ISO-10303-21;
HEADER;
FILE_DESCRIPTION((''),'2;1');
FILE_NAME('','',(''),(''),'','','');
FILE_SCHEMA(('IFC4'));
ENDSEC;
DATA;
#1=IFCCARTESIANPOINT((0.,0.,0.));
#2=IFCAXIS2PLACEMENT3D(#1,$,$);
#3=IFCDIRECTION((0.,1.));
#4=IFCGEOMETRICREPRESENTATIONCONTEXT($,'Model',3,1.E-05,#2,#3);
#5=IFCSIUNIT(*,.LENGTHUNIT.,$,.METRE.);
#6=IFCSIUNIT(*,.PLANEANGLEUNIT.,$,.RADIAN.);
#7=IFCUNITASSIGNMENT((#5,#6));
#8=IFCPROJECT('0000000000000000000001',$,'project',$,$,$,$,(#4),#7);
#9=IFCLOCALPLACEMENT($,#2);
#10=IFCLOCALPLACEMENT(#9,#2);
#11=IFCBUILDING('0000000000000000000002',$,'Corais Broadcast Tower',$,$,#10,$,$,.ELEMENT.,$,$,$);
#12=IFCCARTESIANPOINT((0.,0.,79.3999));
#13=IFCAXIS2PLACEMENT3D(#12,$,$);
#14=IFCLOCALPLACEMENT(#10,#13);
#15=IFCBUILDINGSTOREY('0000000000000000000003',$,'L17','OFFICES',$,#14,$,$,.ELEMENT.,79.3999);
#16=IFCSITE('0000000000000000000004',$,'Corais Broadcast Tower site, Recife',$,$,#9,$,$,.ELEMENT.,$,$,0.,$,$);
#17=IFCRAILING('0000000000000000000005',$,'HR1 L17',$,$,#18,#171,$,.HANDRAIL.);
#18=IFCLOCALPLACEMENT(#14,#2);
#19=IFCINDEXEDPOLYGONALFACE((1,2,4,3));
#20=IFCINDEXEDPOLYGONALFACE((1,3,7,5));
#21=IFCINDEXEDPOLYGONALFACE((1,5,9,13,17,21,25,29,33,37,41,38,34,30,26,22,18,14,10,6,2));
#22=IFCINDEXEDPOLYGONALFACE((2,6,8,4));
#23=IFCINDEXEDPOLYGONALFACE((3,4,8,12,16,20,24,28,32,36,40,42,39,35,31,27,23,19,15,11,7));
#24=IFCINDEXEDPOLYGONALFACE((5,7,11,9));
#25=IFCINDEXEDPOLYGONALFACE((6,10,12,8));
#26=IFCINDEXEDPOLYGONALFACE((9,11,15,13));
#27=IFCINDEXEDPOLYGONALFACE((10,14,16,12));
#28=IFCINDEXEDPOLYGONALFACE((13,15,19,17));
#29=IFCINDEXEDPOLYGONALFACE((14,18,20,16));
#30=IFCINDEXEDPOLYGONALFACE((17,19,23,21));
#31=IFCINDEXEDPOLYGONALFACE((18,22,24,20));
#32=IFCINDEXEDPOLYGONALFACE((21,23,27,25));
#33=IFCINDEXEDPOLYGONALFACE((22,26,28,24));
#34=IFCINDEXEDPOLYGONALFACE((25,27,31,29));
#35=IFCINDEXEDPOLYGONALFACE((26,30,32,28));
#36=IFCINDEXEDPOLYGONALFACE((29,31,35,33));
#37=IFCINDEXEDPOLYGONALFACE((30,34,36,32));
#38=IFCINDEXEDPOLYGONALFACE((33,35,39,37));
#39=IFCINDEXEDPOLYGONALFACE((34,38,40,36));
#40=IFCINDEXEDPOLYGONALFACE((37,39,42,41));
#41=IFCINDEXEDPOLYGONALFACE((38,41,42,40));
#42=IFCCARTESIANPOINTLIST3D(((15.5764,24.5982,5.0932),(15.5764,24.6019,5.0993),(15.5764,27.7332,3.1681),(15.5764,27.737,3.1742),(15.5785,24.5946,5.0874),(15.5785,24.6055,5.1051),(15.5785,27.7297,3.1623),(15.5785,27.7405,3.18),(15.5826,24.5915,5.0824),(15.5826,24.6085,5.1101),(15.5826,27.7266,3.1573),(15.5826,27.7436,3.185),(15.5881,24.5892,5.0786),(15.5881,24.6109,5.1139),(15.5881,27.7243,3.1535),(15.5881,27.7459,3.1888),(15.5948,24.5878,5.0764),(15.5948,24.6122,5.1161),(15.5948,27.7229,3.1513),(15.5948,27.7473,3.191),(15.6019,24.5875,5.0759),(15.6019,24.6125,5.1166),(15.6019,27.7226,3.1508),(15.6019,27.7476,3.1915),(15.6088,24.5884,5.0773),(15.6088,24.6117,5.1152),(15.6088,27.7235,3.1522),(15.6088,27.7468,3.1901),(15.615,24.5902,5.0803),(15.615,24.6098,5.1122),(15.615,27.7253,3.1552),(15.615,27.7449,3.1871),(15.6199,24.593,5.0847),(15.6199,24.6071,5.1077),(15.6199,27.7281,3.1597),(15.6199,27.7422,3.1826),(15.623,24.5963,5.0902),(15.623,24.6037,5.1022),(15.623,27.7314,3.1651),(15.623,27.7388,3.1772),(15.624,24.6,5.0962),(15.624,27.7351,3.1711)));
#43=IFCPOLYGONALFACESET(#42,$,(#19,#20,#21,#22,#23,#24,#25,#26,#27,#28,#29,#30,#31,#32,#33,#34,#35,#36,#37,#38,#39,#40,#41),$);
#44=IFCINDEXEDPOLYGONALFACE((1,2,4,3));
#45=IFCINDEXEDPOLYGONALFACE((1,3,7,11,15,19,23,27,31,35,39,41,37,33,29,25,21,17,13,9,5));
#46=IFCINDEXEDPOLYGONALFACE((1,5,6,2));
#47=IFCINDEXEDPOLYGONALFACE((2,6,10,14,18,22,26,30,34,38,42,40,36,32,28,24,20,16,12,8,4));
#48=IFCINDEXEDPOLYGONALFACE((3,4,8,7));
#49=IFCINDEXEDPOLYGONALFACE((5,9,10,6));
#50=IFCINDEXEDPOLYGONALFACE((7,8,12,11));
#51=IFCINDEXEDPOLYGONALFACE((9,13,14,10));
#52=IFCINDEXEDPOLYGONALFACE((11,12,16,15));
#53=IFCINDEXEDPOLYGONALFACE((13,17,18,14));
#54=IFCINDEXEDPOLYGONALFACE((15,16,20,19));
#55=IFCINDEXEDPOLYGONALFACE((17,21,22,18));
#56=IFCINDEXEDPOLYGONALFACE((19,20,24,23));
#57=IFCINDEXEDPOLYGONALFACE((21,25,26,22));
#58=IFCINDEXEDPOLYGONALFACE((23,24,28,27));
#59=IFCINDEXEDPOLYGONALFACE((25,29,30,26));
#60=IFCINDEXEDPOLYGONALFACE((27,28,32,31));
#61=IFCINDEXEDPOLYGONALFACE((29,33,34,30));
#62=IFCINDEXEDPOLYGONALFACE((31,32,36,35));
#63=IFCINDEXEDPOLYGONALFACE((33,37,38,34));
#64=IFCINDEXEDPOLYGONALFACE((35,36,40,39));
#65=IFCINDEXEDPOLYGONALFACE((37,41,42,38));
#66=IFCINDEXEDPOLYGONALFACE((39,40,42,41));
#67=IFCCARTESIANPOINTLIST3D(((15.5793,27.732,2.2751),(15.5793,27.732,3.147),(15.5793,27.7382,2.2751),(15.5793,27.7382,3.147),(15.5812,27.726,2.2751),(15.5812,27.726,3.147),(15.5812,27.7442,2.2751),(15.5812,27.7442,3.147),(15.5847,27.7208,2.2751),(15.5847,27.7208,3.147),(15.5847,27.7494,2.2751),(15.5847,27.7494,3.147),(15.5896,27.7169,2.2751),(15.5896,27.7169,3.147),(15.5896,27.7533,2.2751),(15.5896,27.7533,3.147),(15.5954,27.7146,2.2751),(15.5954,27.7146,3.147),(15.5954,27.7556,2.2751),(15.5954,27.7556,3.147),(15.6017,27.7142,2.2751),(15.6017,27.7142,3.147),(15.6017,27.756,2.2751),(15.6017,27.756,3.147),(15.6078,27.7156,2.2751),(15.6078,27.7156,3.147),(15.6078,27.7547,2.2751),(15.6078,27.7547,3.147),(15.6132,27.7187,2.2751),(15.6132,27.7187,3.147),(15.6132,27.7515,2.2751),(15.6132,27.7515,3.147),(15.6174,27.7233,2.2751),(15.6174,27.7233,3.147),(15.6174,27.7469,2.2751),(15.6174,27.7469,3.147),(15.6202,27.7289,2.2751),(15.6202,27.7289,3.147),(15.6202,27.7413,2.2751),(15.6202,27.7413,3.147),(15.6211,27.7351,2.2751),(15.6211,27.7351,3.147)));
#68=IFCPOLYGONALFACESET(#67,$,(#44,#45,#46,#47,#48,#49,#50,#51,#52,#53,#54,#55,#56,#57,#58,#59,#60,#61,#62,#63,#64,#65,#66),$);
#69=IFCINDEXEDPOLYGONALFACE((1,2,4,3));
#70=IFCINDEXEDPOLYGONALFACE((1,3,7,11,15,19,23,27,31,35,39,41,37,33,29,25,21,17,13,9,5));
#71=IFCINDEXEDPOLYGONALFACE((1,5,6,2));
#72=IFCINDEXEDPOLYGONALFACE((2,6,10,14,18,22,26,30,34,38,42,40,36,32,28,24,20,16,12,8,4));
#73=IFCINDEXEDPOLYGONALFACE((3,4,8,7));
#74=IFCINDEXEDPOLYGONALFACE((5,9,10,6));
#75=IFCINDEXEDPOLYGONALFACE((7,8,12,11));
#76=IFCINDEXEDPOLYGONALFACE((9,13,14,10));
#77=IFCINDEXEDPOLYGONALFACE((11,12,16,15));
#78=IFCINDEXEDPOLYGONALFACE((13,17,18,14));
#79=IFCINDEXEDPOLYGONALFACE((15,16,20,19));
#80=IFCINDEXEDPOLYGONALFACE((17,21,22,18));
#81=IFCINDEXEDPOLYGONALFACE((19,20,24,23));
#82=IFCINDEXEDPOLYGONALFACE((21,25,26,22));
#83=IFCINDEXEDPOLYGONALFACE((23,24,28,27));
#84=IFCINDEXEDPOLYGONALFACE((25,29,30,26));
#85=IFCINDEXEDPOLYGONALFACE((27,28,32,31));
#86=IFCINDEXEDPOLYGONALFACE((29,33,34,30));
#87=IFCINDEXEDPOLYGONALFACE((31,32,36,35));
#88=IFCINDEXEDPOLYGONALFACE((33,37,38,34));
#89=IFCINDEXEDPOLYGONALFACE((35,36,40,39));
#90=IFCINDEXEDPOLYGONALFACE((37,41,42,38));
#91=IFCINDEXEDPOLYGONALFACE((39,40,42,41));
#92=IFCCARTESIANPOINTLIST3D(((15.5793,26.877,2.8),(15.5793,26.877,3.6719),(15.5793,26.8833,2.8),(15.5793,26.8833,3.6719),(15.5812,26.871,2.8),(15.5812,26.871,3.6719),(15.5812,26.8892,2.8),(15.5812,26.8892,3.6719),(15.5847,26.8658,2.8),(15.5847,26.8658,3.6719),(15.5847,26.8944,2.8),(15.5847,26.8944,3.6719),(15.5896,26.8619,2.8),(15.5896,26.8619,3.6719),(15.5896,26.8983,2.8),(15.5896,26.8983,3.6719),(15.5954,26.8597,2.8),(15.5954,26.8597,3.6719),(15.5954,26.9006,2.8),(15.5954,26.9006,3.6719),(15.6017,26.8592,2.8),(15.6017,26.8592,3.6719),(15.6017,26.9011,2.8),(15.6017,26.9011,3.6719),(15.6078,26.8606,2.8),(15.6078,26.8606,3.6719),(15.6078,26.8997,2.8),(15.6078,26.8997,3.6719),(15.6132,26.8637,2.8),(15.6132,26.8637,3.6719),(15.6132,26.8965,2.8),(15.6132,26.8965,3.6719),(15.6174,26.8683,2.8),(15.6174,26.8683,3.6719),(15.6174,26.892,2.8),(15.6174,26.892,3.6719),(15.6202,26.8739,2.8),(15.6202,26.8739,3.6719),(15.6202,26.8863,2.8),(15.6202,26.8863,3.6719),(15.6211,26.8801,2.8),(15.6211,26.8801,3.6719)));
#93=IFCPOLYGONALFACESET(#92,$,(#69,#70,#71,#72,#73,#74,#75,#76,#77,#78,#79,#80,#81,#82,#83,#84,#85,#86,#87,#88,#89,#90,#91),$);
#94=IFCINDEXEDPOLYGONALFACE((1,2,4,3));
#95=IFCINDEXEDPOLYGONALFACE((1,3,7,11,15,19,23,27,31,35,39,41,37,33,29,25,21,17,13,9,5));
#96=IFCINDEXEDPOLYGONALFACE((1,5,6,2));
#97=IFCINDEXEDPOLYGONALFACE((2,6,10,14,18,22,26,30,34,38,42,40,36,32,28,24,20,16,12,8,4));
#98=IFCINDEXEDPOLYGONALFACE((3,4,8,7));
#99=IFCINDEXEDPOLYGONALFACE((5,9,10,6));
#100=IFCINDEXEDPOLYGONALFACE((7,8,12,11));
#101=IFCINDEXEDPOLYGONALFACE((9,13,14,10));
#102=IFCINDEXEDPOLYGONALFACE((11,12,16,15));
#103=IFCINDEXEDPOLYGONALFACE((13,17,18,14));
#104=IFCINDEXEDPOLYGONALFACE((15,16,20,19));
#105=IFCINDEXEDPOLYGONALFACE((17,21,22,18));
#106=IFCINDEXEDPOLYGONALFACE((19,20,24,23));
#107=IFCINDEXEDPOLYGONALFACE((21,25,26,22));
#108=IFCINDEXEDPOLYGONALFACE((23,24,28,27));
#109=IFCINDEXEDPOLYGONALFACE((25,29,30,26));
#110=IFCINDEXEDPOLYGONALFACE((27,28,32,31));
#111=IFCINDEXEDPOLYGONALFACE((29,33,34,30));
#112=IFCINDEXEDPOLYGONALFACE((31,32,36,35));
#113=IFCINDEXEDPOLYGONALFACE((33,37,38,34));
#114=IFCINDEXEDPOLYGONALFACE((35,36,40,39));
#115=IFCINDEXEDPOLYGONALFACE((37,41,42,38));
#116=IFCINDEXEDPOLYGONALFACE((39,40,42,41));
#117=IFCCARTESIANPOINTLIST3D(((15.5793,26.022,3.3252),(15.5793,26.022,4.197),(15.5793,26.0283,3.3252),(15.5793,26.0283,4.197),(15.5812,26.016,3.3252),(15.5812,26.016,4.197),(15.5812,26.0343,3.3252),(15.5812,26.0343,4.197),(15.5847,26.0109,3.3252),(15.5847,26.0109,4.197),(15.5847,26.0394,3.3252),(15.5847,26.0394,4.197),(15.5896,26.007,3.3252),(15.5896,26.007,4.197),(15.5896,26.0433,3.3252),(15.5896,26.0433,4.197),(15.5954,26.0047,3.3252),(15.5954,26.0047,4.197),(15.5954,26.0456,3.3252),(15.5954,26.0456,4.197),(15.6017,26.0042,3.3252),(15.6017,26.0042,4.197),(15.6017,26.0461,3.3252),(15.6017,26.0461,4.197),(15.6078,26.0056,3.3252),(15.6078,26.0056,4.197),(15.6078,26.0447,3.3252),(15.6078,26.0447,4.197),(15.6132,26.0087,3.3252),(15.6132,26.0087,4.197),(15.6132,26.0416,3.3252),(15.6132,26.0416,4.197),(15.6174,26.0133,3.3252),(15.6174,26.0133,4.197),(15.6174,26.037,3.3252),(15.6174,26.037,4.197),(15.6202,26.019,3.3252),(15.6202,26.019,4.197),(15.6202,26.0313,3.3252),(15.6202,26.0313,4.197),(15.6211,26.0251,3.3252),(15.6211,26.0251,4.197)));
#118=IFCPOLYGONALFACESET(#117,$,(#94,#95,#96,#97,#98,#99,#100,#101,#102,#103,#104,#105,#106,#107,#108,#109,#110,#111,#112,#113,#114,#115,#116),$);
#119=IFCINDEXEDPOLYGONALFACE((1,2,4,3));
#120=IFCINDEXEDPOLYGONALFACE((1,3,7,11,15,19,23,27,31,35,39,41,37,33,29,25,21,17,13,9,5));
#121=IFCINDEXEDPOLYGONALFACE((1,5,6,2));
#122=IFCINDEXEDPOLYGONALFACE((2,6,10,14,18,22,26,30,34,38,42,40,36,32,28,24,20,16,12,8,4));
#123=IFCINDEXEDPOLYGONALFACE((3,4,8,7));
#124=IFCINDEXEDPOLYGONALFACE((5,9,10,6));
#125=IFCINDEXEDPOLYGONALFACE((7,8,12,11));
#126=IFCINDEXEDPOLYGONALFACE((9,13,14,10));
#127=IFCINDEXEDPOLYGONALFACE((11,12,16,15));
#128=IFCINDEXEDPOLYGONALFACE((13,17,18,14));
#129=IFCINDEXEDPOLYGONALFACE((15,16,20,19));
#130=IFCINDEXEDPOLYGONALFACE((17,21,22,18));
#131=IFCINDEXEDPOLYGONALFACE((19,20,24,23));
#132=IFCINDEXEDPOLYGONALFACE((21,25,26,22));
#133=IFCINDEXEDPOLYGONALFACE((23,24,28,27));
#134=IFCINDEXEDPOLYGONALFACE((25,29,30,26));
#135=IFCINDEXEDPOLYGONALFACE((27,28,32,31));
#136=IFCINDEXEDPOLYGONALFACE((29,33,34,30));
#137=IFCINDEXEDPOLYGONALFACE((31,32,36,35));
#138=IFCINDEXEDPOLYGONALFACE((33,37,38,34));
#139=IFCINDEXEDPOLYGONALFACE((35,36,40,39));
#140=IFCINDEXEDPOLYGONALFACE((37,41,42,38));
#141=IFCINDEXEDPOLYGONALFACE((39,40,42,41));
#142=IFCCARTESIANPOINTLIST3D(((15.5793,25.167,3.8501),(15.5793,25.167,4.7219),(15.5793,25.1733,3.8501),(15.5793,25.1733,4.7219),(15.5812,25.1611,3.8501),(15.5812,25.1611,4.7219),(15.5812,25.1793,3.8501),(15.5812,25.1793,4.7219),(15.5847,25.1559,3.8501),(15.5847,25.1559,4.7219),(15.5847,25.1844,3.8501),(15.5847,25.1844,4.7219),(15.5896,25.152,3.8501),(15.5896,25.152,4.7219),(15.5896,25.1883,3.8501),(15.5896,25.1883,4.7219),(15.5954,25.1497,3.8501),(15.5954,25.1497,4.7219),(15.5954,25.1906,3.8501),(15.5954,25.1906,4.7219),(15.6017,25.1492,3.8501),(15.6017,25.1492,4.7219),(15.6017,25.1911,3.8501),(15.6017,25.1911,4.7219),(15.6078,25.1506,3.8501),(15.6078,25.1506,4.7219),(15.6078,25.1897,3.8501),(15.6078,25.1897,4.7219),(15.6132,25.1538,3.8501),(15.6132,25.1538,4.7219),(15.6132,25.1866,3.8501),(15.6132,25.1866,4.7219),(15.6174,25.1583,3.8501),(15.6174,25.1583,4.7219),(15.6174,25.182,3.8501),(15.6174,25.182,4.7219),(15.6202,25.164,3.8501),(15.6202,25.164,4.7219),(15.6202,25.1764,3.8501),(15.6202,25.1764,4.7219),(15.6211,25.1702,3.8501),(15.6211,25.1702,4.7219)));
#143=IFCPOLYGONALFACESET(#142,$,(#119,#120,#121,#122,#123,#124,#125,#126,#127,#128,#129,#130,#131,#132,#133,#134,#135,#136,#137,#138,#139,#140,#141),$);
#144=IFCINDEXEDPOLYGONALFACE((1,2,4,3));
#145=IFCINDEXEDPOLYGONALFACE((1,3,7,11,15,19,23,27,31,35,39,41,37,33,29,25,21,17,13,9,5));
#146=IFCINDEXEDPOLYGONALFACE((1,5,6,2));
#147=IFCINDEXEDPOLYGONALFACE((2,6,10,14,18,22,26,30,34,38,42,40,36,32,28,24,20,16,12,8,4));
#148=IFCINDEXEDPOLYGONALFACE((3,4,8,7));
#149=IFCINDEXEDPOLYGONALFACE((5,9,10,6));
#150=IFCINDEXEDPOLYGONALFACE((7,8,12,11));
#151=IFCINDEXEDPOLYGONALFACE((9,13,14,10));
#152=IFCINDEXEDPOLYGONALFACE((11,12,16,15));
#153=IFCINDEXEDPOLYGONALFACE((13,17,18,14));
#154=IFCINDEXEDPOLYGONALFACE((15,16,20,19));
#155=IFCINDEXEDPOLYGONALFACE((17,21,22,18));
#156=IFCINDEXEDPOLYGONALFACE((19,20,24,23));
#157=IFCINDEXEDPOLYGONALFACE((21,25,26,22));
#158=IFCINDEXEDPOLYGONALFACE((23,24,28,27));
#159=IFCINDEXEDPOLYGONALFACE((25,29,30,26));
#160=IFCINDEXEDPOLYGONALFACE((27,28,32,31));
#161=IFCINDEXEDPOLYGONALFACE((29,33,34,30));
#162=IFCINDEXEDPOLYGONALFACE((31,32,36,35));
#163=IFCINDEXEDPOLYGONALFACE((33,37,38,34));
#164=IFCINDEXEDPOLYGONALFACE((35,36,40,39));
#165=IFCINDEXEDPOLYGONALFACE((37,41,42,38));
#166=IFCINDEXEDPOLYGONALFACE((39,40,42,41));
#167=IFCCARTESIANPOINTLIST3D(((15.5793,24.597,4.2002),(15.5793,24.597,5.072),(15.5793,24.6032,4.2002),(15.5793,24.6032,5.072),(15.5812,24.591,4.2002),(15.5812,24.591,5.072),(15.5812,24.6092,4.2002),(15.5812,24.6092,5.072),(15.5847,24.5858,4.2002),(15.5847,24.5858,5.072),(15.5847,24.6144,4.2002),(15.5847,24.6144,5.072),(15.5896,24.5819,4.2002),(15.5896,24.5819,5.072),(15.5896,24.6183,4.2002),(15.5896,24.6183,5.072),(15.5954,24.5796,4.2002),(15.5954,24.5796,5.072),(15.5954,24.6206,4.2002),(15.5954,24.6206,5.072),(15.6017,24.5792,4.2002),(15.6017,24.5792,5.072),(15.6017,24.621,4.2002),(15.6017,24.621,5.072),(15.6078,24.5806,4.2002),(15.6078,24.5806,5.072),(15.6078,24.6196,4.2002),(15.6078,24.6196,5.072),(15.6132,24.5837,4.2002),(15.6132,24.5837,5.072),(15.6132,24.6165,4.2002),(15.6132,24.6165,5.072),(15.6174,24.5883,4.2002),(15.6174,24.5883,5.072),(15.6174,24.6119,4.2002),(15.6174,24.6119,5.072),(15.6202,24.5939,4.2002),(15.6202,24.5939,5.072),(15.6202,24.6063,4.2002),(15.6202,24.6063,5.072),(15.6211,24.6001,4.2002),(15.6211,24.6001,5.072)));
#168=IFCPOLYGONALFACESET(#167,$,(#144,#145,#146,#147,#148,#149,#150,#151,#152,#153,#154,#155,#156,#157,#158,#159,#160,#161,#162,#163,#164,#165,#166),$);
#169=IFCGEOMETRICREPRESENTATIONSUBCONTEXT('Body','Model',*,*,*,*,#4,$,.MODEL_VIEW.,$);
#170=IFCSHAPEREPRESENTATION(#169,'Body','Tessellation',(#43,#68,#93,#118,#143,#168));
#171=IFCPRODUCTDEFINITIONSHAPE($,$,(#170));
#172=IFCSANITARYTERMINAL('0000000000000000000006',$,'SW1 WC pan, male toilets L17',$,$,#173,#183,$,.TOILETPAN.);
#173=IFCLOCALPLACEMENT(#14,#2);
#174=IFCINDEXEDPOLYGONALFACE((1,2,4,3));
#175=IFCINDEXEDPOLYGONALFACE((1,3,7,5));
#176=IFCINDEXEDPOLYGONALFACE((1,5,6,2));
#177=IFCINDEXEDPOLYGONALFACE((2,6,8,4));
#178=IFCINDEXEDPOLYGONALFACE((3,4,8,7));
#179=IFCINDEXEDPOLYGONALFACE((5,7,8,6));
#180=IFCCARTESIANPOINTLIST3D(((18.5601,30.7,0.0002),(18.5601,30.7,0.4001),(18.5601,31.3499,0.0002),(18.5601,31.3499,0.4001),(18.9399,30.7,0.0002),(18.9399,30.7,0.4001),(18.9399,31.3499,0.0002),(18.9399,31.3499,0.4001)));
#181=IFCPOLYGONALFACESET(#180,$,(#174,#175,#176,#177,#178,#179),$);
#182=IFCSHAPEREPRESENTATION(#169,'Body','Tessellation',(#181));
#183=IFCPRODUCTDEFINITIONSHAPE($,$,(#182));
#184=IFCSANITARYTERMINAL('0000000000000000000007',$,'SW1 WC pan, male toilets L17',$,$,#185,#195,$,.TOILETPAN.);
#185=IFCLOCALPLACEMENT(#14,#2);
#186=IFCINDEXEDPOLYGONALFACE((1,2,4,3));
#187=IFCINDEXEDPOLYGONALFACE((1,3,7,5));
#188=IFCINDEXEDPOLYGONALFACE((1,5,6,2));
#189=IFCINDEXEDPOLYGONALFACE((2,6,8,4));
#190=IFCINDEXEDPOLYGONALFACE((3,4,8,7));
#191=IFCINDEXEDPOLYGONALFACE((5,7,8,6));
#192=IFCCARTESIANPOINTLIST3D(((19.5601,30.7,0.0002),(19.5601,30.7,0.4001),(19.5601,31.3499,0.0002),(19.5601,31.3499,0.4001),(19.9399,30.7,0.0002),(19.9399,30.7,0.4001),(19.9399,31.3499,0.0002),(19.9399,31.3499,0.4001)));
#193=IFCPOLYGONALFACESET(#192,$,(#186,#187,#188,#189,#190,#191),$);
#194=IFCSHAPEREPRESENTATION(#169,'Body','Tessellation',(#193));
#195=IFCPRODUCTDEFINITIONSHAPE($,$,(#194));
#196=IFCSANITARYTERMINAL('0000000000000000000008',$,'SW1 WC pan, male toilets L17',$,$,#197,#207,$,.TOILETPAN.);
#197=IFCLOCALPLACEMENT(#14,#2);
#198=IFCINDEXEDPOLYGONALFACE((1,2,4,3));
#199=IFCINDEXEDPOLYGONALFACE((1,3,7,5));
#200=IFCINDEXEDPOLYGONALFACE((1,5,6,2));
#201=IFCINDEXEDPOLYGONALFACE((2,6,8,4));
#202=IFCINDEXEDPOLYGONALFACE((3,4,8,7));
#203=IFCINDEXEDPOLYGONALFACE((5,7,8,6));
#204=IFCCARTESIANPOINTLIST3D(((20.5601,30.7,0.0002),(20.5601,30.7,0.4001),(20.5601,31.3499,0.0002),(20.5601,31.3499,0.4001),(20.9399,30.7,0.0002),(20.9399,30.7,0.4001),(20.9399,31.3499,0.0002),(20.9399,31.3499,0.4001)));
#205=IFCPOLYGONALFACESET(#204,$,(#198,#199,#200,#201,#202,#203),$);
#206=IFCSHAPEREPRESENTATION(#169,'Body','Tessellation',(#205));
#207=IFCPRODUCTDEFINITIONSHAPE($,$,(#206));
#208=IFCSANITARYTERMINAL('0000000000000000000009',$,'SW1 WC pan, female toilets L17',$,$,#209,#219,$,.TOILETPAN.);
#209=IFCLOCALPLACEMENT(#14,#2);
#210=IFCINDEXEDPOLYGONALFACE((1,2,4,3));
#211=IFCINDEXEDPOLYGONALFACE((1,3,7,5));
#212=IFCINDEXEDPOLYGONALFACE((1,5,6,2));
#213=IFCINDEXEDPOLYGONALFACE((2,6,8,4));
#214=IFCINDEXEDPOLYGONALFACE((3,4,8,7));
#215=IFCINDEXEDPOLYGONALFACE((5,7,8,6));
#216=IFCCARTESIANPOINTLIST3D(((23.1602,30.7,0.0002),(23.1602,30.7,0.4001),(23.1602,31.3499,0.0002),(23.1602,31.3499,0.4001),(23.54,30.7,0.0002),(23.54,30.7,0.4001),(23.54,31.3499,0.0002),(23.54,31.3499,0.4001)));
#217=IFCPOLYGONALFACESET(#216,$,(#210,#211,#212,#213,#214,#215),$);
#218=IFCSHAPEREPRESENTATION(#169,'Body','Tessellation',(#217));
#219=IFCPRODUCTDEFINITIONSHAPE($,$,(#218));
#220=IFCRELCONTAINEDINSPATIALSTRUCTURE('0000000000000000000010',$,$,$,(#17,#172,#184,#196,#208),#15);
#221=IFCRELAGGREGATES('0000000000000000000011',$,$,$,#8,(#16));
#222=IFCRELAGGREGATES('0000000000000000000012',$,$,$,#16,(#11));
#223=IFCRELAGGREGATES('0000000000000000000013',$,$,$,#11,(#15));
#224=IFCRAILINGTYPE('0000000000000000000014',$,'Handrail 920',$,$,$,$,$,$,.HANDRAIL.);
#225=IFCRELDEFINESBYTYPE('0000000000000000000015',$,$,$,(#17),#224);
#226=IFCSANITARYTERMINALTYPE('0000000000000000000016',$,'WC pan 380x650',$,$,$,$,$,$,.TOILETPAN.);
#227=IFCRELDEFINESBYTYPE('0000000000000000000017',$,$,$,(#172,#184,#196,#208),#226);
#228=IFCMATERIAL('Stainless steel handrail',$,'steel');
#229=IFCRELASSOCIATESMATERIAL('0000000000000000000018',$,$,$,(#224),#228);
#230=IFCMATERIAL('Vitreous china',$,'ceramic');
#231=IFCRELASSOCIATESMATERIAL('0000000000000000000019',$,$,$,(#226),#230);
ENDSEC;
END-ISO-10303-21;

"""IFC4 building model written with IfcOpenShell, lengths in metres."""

from ifc_helpers import new_model, si_unit, direction, frame, origin, origin_2d, place, context, subcontext, project, spatial, rectangle, circle, extrude, material, type_object, element, save


model = new_model("IFC4")

# Units and contexts
model_context = context("Model", 3, precision=1e-05, world=origin(), true_north=direction((0.0, 1.0)))
body_context = subcontext(model_context, "Body", "Model", "MODEL_VIEW")
ifc_project = project(units=[si_unit("LENGTHUNIT", "METRE"), si_unit("PLANEANGLEUNIT", "RADIAN")], contexts=[model_context])

# Site, building, storey
site_placement = place(None, origin())
site = spatial("IfcSite", under=ifc_project, at=site_placement, Name="Corais Broadcast Tower site, Recife", CompositionType="ELEMENT", RefElevation=0.0)
building_placement = place(site_placement, origin())
building = spatial("IfcBuilding", under=site, at=building_placement, Name="Corais Broadcast Tower", CompositionType="ELEMENT")
storey_placement = place(building_placement, frame((0.0, 0.0, 79.3999)))
storey = spatial("IfcBuildingStorey", under=building, at=storey_placement, Name="L17", Description="OFFICES", CompositionType="ELEMENT", Elevation=79.3999)

# Railing
ifc_material_1 = material(Name="Stainless steel handrail", Category="steel")
railing_type = type_object("IfcRailingType", Name="Handrail 920", PredefinedType="HANDRAIL", material=ifc_material_1)
railing_1_placement = place(storey_placement, frame((15.6001, 27.7351, 2.2751)))
element("IfcRailing", 1, at=railing_1_placement, inside=storey, type_object=railing_type, Name="HR1 L17", PredefinedType="HANDRAIL", context=body_context, shape_type="SweptSolid", body=[
    extrude(circle(Radius=0.0239, at=origin_2d()), frame((0.0, 0.0, 0.896), z_axis=(0.0, -0.852166, 0.523271), x_axis=(1.0, 0.0, 0.0)), (0.0, 0.0, 1.0), 3.679),
    extrude(circle(Radius=0.021, at=origin_2d()), origin(), (0.0, 0.0, 1.0), 0.8718),
    extrude(circle(Radius=0.021, at=origin_2d()), frame((0.0, -0.855, 0.5249)), (0.0, 0.0, 1.0), 0.8718),
    extrude(circle(Radius=0.021, at=origin_2d()), frame((0.0, -1.71, 1.05)), (0.0, 0.0, 1.0), 0.8718),
    extrude(circle(Radius=0.021, at=origin_2d()), frame((0.0, -2.5649, 1.575)), (0.0, 0.0, 1.0), 0.8718),
    extrude(circle(Radius=0.021, at=origin_2d()), frame((0.0, -3.135, 1.925)), (0.0, 0.0, 1.0), 0.8718),
])

# Sanitary terminals
ifc_material_2 = material(Name="Vitreous china", Category="ceramic")
sanitary_terminal_type_1 = type_object("IfcSanitaryTerminalType", Name="WC pan 380x650", PredefinedType="TOILETPAN", material=ifc_material_2)
for number, where, z_axis, x_axis, name in (
    (2, (18.75, 31.0249, 0.0002), (0.0, 0.0, 1.0), (1.0, 0.0, 0.0), "SW1 WC pan, male toilets L17"),
    (3, (19.75, 31.0249, 0.0002), (0.0, 0.0, 1.0), (1.0, 0.0, 0.0), "SW1 WC pan, male toilets L17"),
    (4, (20.75, 31.0249, 0.0002), (0.0, 0.0, 1.0), (1.0, 0.0, 0.0), "SW1 WC pan, male toilets L17"),
    (5, (23.3501, 31.0249, 0.0002), (0.0, 0.0, 1.0), (1.0, 0.0, 0.0), "SW1 WC pan, female toilets L17"),
):
    element("IfcSanitaryTerminal", number, at=place(storey_placement, frame(where, z_axis=z_axis, x_axis=x_axis)), inside=storey, type_object=sanitary_terminal_type_1, Name=name, PredefinedType="TOILETPAN", context=body_context, shape_type="SweptSolid", body=[
        extrude(rectangle(XDim=0.3799, YDim=0.6499, at=origin_2d()), origin(), (0.0, 0.0, 1.0), 0.3999),
    ])

save(model, "model.ifc")
